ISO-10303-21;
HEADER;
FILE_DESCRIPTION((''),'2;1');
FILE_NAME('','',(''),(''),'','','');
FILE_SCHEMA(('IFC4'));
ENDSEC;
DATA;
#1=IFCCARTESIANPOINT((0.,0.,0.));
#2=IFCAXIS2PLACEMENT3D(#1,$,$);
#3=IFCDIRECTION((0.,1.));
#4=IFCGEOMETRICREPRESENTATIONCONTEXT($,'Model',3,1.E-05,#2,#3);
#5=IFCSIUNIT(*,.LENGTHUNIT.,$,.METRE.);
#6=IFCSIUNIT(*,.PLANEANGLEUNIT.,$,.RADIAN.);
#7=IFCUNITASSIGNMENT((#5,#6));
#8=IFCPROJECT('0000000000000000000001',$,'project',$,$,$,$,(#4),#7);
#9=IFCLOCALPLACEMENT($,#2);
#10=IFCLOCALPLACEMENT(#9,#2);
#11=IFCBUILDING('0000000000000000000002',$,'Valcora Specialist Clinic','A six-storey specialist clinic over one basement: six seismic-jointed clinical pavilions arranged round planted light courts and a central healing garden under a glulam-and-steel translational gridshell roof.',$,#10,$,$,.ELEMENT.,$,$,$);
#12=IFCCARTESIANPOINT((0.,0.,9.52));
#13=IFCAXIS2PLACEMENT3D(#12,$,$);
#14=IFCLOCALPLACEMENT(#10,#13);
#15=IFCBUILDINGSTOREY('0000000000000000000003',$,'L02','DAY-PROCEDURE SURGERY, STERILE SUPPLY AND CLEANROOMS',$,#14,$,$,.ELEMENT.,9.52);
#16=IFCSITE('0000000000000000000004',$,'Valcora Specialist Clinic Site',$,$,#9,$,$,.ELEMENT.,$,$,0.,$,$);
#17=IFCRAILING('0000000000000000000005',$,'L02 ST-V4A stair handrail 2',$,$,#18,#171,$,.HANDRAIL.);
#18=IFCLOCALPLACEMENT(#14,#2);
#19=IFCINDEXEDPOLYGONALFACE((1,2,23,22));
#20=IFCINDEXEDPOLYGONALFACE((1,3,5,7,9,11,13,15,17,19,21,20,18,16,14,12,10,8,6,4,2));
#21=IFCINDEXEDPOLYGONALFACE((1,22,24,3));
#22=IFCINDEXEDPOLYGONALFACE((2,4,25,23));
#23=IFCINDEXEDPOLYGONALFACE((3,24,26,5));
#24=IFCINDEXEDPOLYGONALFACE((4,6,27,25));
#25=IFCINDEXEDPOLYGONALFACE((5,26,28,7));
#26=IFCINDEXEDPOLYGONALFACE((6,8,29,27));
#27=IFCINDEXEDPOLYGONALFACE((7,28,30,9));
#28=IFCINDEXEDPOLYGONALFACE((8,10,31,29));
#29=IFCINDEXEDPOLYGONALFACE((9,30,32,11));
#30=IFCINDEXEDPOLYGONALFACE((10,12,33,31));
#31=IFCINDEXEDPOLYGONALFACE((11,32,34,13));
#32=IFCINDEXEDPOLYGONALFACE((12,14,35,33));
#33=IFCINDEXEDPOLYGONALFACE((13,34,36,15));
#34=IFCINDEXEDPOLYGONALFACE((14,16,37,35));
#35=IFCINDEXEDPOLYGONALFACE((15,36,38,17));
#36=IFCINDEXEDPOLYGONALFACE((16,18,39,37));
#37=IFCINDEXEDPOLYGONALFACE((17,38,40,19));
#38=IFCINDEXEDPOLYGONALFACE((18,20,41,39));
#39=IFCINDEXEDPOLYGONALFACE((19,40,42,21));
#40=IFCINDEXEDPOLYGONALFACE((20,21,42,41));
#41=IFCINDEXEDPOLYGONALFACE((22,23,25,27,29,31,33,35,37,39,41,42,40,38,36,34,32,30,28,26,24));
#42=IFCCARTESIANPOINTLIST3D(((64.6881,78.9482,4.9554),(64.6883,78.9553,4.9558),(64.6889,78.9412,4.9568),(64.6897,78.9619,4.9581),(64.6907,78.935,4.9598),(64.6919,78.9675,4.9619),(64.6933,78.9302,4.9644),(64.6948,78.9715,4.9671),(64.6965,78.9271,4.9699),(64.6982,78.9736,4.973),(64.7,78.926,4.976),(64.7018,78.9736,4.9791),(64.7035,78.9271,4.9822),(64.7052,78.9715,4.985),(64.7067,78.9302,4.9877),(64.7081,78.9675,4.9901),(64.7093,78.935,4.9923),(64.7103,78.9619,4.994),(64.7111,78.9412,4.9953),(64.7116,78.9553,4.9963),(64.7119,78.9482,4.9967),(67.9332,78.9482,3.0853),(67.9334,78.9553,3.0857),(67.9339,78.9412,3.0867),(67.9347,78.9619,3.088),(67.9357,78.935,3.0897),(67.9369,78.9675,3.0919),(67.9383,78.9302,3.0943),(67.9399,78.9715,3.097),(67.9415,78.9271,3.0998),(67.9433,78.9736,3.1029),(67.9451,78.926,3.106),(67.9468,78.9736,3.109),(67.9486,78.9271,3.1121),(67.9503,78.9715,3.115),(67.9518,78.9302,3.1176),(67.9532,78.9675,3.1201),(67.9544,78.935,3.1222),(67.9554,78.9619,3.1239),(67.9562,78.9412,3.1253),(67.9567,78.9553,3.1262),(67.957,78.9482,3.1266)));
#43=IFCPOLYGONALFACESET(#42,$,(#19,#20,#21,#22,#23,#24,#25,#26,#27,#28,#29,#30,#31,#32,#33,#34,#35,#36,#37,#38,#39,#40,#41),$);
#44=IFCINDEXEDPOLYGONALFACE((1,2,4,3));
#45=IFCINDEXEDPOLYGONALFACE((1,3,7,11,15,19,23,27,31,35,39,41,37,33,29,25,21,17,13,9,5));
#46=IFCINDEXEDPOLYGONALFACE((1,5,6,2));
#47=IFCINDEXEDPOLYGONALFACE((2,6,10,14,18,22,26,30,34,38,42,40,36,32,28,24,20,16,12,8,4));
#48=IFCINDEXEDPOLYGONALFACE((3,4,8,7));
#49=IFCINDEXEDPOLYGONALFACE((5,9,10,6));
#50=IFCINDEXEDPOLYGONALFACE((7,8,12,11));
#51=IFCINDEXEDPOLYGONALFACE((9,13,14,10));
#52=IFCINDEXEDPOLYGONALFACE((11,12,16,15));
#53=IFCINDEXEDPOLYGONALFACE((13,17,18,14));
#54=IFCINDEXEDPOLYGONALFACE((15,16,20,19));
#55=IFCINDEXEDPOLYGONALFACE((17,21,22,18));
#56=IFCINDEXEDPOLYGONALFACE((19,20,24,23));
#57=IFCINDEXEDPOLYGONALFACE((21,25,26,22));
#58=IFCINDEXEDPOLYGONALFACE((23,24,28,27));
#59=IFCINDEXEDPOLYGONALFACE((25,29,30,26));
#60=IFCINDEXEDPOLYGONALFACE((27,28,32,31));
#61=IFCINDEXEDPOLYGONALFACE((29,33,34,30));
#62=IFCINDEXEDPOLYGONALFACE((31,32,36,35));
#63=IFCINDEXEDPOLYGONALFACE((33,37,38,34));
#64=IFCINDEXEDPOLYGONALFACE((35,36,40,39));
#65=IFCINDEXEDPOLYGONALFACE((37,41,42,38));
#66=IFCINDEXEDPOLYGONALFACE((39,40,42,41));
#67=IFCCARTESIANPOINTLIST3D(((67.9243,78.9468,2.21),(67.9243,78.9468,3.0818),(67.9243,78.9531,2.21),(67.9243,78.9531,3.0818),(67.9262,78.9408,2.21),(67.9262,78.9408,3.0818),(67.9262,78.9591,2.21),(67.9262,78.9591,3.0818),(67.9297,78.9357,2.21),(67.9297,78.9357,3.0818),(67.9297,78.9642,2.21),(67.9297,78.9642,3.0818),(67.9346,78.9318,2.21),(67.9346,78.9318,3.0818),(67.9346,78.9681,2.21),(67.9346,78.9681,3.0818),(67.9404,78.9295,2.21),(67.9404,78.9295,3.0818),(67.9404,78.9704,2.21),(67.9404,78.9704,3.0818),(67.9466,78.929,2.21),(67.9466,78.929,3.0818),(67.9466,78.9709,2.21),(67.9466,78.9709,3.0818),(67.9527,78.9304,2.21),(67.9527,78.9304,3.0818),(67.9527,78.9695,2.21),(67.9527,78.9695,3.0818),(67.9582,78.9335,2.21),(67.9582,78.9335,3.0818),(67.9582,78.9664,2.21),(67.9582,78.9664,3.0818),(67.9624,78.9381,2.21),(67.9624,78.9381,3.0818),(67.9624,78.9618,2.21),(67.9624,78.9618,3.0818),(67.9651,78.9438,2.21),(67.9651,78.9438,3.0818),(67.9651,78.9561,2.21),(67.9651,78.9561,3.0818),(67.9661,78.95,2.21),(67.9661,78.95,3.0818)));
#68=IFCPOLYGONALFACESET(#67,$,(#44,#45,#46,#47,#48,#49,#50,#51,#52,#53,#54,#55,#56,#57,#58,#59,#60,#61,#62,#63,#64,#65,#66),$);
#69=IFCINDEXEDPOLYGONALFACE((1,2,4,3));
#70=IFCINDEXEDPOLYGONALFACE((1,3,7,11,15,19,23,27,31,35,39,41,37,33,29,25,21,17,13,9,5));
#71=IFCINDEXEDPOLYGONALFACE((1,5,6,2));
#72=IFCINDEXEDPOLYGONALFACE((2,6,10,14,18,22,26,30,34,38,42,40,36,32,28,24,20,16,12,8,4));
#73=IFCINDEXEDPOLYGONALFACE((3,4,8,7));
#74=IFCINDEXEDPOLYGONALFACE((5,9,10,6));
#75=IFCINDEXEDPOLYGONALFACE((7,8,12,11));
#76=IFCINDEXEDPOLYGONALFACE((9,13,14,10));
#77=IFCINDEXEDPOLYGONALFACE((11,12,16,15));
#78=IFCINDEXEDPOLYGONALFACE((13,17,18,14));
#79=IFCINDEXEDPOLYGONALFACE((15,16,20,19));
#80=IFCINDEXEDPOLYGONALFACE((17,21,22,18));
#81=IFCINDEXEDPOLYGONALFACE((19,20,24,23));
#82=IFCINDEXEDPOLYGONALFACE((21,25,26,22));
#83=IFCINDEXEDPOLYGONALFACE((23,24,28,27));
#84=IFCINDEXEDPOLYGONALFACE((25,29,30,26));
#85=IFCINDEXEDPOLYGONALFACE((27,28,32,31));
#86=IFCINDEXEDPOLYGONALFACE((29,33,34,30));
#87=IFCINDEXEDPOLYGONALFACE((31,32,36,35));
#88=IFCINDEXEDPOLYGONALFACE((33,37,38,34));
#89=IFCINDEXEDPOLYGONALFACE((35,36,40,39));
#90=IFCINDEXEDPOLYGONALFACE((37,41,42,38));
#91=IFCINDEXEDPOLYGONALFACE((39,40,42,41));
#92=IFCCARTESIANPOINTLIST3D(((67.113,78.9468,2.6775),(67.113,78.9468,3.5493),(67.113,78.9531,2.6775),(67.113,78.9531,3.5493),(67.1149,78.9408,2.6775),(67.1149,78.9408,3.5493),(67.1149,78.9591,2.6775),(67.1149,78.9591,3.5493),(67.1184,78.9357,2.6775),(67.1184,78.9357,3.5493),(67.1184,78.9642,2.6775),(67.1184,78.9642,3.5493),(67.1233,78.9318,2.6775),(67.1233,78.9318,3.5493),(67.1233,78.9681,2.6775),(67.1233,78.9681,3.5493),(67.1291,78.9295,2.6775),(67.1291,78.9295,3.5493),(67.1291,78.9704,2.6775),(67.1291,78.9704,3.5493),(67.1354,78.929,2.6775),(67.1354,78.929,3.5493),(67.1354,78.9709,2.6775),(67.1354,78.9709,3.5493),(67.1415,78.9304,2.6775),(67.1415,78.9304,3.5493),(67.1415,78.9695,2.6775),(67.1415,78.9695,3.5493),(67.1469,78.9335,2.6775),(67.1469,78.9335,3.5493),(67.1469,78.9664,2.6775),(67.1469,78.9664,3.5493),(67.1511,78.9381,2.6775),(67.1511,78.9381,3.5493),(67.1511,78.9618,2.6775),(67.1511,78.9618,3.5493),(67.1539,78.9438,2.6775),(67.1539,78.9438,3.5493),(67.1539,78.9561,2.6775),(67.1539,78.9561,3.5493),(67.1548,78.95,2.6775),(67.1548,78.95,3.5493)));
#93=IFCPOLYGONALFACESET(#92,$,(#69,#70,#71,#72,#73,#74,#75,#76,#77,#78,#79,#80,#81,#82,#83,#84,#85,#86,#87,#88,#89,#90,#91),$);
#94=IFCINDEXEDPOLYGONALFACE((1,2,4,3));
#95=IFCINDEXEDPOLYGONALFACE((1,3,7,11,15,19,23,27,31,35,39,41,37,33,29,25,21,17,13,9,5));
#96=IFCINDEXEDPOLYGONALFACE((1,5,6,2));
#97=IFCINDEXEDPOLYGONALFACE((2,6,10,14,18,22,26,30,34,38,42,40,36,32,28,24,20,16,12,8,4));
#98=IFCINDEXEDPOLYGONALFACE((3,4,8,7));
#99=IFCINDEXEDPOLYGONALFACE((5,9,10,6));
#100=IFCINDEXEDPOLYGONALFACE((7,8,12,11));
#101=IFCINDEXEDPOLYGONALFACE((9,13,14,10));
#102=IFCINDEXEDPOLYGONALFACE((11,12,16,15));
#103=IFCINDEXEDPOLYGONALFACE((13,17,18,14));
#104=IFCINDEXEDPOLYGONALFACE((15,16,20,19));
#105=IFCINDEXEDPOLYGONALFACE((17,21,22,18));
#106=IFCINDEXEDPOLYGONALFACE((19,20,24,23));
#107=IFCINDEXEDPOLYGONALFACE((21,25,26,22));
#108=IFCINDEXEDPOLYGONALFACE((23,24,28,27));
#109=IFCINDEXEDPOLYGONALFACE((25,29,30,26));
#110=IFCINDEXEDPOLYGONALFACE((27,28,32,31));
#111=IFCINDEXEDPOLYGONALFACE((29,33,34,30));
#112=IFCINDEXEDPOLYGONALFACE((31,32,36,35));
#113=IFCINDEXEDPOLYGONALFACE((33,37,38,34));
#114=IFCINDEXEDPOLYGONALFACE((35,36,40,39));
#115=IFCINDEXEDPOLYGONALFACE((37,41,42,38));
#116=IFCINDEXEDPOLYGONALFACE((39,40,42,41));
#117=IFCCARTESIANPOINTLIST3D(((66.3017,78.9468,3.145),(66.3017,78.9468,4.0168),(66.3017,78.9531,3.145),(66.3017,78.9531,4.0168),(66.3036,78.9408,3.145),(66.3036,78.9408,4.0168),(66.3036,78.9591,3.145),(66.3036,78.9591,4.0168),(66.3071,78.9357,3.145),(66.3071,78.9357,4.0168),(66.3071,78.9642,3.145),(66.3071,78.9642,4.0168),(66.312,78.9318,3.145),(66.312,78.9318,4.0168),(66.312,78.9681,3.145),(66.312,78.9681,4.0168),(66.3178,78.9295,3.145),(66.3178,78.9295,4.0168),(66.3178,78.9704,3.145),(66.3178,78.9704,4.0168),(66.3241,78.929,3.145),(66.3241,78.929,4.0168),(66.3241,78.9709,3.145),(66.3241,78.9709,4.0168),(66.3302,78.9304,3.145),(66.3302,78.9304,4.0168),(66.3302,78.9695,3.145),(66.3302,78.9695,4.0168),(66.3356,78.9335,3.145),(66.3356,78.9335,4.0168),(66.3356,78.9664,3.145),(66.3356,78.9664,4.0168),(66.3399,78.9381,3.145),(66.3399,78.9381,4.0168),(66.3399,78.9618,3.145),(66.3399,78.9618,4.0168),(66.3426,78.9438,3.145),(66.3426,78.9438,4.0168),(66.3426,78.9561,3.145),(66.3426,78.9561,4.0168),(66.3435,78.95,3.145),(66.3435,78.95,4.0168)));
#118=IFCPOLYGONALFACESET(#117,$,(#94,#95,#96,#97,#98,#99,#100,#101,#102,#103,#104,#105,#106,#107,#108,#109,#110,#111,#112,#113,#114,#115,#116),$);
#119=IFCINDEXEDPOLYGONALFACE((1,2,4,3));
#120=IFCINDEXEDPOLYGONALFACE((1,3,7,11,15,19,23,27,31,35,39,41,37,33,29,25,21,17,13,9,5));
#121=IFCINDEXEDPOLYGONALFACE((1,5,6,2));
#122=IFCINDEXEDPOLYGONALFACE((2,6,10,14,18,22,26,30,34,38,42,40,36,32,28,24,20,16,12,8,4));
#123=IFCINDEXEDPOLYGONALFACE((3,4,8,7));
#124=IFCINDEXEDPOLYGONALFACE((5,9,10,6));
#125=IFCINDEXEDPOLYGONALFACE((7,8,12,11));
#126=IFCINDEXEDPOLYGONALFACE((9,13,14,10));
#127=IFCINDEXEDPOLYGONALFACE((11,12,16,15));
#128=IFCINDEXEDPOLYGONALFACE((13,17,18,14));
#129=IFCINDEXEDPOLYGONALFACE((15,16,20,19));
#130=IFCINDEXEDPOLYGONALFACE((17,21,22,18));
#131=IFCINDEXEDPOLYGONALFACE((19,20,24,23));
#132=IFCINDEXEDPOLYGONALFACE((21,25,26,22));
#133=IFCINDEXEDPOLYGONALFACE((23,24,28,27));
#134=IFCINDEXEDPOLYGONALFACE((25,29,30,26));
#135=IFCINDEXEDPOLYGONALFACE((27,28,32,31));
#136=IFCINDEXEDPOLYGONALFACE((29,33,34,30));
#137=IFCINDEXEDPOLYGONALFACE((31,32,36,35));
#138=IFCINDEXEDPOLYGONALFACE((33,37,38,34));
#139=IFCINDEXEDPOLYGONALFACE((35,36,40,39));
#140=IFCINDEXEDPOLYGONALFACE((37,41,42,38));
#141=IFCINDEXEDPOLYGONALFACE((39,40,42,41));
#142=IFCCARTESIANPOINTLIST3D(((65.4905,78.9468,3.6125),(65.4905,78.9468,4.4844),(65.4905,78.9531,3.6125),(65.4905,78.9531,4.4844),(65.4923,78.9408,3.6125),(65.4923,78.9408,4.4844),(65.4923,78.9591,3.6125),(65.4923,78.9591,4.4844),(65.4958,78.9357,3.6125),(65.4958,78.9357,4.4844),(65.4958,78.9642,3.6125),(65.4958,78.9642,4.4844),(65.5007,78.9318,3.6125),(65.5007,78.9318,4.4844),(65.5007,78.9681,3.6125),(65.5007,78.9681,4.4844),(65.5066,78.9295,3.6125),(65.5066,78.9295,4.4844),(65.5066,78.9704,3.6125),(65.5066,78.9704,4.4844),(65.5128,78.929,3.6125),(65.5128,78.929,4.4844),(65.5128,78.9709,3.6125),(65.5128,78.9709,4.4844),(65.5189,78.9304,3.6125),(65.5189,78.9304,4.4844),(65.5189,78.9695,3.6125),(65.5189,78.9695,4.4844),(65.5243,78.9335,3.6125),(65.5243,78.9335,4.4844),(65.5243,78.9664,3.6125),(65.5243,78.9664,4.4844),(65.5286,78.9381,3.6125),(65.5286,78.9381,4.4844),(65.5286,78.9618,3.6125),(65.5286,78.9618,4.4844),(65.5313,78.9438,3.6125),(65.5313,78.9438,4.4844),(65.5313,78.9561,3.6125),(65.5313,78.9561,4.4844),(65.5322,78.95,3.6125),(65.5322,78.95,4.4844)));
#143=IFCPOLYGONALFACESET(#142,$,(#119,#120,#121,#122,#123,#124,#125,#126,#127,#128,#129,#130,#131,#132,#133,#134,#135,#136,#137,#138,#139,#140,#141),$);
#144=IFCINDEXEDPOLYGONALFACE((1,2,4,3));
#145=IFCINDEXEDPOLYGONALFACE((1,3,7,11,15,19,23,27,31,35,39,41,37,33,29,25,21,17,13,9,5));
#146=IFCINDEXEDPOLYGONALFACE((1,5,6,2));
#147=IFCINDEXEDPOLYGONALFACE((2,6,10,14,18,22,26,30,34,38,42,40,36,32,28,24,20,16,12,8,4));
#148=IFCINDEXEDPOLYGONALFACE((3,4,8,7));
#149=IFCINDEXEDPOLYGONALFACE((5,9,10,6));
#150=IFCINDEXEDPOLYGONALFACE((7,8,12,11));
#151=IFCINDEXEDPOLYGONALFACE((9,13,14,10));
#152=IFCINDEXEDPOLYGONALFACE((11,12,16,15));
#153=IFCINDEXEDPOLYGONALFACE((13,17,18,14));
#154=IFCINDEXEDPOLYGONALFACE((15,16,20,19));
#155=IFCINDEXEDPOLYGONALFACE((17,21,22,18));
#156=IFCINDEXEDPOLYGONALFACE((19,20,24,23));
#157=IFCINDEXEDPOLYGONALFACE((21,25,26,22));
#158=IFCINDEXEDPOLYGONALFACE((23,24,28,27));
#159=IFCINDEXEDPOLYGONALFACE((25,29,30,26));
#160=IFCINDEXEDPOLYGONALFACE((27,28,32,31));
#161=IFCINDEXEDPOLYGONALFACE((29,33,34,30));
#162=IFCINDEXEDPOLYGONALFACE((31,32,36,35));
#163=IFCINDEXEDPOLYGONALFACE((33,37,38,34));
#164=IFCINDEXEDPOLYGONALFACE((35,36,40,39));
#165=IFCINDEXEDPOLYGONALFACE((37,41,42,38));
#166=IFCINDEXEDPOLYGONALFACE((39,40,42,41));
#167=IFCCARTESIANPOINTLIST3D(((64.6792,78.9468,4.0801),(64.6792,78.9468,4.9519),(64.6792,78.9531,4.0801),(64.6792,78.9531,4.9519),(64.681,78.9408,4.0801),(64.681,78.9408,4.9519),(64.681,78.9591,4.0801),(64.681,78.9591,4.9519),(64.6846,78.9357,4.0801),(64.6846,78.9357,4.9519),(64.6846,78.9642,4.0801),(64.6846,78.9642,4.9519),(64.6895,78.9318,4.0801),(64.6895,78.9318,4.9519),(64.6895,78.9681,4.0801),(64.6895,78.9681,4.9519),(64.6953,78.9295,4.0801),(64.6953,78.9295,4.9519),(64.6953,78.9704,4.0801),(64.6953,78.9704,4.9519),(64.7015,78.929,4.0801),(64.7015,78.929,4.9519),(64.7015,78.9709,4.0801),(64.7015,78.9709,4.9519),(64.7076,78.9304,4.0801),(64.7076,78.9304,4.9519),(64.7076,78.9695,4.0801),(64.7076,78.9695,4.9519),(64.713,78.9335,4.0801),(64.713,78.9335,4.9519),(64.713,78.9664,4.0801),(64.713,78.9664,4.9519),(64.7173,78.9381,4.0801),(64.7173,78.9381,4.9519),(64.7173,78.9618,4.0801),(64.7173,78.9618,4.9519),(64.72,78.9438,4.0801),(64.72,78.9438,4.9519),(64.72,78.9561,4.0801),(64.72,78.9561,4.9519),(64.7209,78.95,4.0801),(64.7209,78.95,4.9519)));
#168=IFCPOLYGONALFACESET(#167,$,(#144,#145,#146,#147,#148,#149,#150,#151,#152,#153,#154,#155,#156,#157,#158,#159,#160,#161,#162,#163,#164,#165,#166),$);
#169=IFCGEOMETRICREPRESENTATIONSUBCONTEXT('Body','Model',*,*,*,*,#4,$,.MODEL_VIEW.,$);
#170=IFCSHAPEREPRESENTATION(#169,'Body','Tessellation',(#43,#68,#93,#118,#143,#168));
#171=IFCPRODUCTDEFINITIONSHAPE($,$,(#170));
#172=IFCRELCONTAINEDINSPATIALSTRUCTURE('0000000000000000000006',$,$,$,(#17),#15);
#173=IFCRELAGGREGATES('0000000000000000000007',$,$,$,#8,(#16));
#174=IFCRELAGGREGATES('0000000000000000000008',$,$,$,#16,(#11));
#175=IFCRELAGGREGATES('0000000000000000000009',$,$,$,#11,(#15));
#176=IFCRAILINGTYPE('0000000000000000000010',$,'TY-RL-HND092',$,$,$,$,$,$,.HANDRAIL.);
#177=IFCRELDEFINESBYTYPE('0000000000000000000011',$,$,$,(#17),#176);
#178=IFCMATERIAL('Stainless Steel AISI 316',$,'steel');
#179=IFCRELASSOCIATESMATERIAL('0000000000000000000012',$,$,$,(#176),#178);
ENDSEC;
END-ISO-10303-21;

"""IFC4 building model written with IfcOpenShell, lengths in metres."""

from ifc_helpers import new_model, si_unit, direction, frame, origin, origin_2d, place, context, subcontext, project, spatial, circle, extrude, material, type_object, element, save


model = new_model("IFC4")

# Units and contexts
model_context = context("Model", 3, precision=1e-05, world=origin(), true_north=direction((0.0, 1.0)))
body_context = subcontext(model_context, "Body", "Model", "MODEL_VIEW")
ifc_project = project(units=[si_unit("LENGTHUNIT", "METRE"), si_unit("PLANEANGLEUNIT", "RADIAN")], contexts=[model_context])

# Site, building, storey
site_placement = place(None, origin())
site = spatial("IfcSite", under=ifc_project, at=site_placement, Name="Valcora Specialist Clinic Site", CompositionType="ELEMENT", RefElevation=0.0)
building_placement = place(site_placement, origin())
building = spatial("IfcBuilding", under=site, at=building_placement, Name="Valcora Specialist Clinic", Description="A six-storey specialist clinic over one basement: six seismic-jointed clinical pavilions arranged round planted light courts and a central healing garden under a glulam-and-steel translational gridshell roof.", CompositionType="ELEMENT")
storey_placement = place(building_placement, frame((0.0, 0.0, 9.52)))
storey = spatial("IfcBuildingStorey", under=building, at=storey_placement, Name="L02", Description="DAY-PROCEDURE SURGERY, STERILE SUPPLY AND CLEANROOMS", CompositionType="ELEMENT", Elevation=9.52)

# Shared definitions
ifc_material_1 = material(Name="Stainless Steel AISI 316", Category="steel")

# Railing
railing_type = type_object("IfcRailingType", Name="TY-RL-HND092", PredefinedType="HANDRAIL", material=ifc_material_1)
railing_placement = place(storey_placement, frame((67.9451, 78.95, 2.21)))
element("IfcRailing", 1, at=railing_placement, inside=storey, type_object=railing_type, Name="L02 ST-V4A stair handrail 2", PredefinedType="HANDRAIL", context=body_context, shape_type="SweptSolid", body=[
    extrude(circle(Radius=0.0239, at=origin_2d()), frame((0.0, 0.0, 0.896), z_axis=(-0.866424, 0.0, 0.499309), x_axis=(0.0, -1.0, 0.0)), (0.0, 0.0, 1.0), 3.7454),
    extrude(circle(Radius=0.021, at=origin_2d()), origin(), (0.0, 0.0, 1.0), 0.8718),
    extrude(circle(Radius=0.021, at=origin_2d()), frame((-0.8113, 0.0, 0.4675)), (0.0, 0.0, 1.0), 0.8718),
    extrude(circle(Radius=0.021, at=origin_2d()), frame((-1.6226, 0.0, 0.9351)), (0.0, 0.0, 1.0), 0.8718),
    extrude(circle(Radius=0.021, at=origin_2d()), frame((-2.4338, 0.0, 1.4026)), (0.0, 0.0, 1.0), 0.8718),
    extrude(circle(Radius=0.021, at=origin_2d()), frame((-3.2451, 0.0, 1.8701)), (0.0, 0.0, 1.0), 0.8718),
])

save(model, "model.ifc")
